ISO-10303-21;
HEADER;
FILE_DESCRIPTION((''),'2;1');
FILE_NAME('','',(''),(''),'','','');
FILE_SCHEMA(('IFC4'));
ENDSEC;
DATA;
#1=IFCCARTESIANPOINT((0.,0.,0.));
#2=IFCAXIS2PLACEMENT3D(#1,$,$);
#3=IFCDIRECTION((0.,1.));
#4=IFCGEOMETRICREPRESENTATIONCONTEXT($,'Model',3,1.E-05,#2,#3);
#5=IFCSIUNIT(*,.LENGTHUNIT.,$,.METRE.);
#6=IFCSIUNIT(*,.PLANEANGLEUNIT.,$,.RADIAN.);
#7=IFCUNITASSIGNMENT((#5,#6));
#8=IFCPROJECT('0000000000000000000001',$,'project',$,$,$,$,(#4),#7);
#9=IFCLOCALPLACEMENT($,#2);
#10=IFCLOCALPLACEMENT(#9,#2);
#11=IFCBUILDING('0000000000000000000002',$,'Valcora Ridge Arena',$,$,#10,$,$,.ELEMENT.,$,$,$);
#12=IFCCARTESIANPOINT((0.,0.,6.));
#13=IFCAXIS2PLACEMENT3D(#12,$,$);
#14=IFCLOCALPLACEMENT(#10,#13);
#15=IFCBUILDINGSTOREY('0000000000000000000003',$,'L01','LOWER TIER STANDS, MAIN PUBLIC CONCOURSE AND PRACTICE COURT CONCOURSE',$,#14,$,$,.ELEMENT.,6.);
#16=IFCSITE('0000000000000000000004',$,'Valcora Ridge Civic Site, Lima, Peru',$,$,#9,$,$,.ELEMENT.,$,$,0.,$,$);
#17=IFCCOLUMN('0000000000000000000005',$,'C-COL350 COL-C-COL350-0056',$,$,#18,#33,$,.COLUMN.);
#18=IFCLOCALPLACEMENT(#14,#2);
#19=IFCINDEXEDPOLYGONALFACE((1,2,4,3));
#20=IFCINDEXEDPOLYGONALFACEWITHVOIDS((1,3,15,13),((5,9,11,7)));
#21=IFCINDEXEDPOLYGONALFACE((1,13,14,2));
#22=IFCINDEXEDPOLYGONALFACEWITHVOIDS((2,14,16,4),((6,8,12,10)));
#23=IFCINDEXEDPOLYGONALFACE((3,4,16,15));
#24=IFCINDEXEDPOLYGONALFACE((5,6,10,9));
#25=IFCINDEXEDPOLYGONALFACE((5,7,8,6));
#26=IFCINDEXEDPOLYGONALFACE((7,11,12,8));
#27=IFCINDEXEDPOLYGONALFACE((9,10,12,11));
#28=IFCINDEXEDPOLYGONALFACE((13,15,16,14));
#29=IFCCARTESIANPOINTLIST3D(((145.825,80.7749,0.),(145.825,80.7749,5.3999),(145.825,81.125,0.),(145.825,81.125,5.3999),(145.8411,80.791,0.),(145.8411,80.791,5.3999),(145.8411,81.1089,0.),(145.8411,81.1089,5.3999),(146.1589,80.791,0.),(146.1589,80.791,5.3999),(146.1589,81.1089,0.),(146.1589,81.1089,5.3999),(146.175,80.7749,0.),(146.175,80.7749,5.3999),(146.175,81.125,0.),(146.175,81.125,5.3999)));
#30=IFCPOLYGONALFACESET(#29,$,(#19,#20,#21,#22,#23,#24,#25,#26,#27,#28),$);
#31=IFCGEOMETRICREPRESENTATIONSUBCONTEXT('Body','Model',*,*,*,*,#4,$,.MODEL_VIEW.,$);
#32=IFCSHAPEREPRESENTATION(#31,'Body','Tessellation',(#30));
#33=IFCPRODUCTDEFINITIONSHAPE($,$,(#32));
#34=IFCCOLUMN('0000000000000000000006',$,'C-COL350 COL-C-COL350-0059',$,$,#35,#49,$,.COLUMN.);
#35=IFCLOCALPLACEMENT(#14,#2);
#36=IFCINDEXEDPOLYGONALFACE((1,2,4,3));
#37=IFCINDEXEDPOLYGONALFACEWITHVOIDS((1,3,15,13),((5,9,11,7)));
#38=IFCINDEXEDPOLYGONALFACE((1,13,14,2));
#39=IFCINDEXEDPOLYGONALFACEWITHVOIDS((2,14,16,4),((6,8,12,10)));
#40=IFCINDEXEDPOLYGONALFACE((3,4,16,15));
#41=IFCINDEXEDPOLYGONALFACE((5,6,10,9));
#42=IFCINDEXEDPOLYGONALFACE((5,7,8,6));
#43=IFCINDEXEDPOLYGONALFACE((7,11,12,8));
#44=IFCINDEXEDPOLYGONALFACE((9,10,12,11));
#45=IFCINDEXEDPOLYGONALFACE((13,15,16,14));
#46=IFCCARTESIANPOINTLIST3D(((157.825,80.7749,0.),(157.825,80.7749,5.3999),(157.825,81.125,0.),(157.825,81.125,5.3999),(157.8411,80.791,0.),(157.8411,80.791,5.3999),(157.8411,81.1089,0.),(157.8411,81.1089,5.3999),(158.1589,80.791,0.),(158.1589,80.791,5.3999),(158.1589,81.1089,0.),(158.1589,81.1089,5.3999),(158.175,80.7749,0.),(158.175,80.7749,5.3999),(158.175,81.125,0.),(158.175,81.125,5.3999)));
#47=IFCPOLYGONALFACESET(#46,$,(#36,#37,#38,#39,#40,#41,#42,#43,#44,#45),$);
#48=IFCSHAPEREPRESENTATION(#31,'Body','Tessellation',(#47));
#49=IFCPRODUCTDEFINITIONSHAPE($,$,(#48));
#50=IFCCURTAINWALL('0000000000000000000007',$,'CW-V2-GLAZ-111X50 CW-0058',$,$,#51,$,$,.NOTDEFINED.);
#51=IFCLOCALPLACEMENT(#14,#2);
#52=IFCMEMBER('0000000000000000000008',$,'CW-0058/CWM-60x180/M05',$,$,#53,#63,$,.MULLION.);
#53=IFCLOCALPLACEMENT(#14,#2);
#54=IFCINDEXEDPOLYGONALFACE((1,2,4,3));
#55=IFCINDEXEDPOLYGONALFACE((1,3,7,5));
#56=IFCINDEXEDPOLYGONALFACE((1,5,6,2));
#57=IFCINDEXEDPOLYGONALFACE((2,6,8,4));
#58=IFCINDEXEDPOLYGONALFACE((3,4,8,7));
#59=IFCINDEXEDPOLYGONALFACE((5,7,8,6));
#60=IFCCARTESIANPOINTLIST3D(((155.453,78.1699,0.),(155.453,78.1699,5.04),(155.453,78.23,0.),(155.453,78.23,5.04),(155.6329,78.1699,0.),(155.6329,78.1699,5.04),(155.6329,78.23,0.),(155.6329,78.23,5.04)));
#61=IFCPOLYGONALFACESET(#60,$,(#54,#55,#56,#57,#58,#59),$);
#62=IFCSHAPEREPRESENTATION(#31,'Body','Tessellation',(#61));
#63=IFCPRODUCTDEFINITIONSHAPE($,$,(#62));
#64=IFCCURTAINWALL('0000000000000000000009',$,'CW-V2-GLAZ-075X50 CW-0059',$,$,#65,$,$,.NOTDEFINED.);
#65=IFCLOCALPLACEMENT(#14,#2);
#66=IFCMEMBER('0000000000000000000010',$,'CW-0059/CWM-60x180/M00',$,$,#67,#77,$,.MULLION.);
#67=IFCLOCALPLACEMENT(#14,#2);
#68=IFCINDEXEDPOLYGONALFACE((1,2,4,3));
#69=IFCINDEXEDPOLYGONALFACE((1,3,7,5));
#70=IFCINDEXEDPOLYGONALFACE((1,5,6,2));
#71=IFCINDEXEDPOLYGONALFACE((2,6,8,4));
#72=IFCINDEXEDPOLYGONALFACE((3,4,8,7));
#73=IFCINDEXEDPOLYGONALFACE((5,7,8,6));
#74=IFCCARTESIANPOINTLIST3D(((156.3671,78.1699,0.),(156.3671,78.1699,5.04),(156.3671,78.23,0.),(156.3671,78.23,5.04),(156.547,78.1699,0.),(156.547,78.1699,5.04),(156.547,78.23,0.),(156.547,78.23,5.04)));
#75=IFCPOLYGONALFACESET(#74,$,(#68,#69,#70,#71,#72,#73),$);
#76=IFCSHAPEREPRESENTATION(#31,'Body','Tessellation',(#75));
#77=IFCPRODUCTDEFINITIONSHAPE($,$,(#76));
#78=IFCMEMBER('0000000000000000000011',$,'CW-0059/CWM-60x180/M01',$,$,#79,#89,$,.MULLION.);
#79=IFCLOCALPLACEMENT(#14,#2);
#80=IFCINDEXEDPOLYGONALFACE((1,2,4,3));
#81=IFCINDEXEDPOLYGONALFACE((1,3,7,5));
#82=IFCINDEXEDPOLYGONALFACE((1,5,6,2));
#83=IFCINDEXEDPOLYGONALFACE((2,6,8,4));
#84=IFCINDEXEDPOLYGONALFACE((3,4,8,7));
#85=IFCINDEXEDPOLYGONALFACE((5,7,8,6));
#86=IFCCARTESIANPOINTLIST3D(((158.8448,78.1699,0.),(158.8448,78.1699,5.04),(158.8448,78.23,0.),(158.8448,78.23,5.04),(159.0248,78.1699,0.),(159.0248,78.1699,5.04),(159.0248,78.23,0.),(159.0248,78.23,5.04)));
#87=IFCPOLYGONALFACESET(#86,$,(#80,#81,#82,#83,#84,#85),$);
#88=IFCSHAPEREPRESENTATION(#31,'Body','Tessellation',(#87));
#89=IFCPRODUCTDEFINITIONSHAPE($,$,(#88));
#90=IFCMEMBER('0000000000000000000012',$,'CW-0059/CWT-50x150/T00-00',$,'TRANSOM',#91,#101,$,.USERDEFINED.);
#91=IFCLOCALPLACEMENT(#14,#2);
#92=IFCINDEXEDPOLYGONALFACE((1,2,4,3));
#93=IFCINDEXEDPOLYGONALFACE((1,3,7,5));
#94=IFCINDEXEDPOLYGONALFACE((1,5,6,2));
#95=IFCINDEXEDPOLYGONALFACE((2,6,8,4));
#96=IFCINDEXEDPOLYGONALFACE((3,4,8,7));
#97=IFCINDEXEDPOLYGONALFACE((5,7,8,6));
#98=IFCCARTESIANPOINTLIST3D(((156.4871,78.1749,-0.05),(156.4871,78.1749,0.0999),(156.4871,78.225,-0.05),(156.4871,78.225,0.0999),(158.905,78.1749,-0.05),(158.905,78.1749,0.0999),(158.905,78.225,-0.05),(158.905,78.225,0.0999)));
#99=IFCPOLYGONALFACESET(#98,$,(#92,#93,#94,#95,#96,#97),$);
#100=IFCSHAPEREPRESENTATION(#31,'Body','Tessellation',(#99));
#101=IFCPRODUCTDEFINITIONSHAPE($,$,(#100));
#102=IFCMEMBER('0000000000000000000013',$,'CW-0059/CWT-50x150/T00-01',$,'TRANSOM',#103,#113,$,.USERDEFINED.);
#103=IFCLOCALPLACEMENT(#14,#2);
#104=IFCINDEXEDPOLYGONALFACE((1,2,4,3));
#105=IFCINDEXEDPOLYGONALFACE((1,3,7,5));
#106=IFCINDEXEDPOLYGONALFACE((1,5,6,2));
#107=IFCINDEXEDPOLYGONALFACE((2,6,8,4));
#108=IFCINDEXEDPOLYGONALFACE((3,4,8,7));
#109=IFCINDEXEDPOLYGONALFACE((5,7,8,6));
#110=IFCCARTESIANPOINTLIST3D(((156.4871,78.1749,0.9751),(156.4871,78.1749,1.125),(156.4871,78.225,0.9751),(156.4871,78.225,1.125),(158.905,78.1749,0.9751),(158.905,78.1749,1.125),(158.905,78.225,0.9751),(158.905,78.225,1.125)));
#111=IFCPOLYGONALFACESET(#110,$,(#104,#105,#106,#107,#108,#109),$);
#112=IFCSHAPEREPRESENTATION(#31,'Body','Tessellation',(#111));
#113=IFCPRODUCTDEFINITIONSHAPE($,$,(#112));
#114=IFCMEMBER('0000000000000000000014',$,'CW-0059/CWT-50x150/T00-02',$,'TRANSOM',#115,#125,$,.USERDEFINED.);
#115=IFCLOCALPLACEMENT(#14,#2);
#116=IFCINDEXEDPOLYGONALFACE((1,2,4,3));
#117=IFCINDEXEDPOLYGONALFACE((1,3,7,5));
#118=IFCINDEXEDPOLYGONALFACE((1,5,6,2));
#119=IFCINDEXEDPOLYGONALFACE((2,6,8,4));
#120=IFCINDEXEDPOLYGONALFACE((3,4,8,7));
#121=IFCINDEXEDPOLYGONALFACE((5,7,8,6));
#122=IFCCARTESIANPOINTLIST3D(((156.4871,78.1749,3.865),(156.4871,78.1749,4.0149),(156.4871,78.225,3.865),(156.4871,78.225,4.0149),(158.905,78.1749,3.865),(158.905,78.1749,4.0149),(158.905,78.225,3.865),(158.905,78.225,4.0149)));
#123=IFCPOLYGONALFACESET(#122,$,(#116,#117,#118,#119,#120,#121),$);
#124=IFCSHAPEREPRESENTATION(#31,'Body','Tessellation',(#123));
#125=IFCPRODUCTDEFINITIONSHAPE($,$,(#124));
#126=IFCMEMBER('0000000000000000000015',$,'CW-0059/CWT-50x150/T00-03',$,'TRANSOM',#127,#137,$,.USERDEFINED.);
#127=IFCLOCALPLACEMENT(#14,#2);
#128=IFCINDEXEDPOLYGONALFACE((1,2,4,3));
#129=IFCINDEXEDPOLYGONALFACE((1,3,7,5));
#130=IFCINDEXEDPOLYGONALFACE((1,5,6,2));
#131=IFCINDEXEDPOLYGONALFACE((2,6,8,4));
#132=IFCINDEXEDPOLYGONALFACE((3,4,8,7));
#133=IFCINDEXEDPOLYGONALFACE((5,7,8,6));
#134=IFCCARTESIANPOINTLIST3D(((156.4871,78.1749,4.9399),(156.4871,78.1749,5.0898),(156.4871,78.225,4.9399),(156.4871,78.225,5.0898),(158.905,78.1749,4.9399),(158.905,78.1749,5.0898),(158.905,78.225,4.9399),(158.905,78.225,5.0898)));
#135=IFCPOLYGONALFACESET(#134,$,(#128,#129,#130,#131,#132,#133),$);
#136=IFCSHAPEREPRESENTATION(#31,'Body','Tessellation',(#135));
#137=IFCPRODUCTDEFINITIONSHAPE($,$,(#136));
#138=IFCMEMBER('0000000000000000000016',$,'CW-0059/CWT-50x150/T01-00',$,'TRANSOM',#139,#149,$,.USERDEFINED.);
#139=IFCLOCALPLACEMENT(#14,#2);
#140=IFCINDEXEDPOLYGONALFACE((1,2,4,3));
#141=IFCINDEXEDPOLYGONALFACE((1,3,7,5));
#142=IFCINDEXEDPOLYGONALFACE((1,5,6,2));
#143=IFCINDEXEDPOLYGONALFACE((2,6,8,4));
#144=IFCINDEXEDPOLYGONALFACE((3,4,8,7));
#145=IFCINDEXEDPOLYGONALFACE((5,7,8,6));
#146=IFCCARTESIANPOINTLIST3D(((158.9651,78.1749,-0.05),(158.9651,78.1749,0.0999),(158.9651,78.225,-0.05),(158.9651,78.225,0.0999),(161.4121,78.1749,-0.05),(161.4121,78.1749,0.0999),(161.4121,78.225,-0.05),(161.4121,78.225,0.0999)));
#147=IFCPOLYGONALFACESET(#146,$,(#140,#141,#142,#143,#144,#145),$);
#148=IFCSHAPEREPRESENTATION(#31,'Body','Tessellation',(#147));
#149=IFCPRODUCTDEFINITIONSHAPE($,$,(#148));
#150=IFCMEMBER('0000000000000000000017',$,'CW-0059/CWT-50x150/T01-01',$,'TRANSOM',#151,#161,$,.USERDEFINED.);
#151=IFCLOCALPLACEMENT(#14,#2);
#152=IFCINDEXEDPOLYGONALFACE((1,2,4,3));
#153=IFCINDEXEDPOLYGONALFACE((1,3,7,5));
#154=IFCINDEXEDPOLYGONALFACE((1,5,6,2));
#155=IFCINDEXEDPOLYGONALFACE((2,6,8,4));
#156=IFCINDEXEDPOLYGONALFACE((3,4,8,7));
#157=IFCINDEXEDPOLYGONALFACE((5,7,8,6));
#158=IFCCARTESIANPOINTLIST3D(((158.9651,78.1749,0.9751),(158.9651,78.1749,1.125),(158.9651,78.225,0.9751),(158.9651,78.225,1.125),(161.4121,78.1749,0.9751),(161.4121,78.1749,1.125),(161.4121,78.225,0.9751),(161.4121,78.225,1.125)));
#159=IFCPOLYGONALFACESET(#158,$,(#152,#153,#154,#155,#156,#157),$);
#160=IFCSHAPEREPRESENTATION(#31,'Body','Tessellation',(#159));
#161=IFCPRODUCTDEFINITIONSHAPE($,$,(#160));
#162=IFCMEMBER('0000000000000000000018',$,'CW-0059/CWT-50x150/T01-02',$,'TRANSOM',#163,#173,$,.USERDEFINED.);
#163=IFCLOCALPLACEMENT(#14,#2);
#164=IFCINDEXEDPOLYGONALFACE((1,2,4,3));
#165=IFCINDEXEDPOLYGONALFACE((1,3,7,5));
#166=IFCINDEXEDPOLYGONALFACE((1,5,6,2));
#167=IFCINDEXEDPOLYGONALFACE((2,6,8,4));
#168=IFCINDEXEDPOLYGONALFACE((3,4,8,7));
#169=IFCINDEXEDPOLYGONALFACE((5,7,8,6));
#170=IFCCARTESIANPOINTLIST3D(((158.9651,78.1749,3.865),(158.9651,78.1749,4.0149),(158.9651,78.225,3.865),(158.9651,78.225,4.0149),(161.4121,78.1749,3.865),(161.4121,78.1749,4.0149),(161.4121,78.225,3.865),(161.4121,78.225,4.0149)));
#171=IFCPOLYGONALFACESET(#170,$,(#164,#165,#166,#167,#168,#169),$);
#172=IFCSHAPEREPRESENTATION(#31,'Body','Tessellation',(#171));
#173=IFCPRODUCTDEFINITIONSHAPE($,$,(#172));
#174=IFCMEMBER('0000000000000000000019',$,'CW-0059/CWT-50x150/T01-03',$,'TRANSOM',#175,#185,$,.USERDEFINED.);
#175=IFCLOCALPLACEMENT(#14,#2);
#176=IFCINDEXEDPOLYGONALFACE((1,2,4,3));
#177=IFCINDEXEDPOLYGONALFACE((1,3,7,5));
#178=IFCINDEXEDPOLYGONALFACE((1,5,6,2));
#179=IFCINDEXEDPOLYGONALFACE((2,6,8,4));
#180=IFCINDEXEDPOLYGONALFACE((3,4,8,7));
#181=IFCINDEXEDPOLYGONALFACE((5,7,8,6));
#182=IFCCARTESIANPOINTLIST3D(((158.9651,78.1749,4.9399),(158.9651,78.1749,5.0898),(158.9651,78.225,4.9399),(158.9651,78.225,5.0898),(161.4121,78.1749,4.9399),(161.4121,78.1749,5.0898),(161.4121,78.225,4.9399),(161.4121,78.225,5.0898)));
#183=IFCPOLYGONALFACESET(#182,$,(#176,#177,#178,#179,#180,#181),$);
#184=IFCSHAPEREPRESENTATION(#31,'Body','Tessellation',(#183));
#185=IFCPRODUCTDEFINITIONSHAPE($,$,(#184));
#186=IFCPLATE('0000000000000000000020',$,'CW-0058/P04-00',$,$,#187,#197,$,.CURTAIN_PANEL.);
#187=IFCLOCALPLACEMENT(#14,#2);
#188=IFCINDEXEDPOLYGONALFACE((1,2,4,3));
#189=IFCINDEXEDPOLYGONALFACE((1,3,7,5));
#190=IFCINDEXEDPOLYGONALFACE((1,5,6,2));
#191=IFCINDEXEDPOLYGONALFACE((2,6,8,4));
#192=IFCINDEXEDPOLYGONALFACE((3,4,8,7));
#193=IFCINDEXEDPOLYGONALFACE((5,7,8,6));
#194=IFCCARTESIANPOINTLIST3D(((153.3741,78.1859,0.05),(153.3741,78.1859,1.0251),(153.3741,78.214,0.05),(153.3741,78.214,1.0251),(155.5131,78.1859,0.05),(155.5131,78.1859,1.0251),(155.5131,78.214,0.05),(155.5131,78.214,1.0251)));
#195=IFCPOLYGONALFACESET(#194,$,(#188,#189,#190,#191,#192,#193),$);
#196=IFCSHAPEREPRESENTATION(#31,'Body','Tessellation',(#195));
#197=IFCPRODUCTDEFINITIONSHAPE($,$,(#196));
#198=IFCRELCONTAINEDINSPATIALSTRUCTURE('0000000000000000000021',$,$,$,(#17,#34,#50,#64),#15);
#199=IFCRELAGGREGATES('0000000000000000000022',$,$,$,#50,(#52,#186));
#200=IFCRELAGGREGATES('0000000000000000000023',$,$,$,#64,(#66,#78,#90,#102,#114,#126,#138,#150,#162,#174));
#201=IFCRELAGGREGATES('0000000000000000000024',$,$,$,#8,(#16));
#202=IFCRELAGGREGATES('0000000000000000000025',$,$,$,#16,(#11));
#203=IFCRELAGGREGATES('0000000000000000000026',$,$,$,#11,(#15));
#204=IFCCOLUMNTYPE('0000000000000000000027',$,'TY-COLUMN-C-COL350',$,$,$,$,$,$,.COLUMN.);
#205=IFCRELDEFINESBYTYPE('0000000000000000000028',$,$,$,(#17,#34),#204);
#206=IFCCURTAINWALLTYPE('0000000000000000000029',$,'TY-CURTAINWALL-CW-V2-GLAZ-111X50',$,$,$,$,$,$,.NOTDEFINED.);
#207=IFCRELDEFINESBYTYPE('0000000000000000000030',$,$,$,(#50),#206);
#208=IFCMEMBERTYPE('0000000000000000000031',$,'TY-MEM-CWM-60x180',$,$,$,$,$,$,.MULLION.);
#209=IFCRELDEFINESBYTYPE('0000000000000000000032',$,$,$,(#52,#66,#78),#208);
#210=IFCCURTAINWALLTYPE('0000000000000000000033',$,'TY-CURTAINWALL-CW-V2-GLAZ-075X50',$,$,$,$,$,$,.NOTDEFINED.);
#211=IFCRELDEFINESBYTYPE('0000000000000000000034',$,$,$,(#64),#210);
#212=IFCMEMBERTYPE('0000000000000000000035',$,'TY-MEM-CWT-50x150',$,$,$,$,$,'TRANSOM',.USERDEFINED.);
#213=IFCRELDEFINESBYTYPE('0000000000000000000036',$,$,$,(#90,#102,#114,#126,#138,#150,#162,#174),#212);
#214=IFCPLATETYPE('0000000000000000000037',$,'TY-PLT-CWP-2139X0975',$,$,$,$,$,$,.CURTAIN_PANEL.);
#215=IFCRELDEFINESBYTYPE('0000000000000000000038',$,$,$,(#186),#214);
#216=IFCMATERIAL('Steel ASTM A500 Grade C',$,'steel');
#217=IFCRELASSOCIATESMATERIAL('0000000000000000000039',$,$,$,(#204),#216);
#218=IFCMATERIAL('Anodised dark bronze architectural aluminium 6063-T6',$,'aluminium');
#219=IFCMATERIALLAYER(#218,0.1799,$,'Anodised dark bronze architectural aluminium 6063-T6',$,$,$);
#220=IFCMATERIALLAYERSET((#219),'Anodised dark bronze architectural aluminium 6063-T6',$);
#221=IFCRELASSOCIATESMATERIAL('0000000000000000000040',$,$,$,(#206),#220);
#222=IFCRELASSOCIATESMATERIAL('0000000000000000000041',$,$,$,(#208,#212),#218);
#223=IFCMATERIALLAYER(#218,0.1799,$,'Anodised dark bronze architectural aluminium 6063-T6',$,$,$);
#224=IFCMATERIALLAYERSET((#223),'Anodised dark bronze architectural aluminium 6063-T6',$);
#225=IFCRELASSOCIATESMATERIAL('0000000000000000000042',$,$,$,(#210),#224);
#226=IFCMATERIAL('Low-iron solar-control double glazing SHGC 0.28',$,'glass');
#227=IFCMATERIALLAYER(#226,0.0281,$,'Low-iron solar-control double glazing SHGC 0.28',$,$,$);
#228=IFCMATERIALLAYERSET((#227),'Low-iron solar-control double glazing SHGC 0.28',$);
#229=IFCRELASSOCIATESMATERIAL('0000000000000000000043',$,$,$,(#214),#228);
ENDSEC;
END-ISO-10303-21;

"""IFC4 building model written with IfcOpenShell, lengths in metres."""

from ifc_helpers import new_model, si_unit, direction, frame, origin, origin_2d, place, context, subcontext, project, spatial, rectangle, hollow_rectangle, extrude, material, layer, layer_set, material_profile, profile_set, type_object, element, aggregate, save


model = new_model("IFC4")

# Units and contexts
model_context = context("Model", 3, precision=1e-05, world=origin(), true_north=direction((0.0, 1.0)))
body_context = subcontext(model_context, "Body", "Model", "MODEL_VIEW")
ifc_project = project(units=[si_unit("LENGTHUNIT", "METRE"), si_unit("PLANEANGLEUNIT", "RADIAN")], contexts=[model_context])

# Site, building, storey
site_placement = place(None, origin())
site = spatial("IfcSite", under=ifc_project, at=site_placement, Name="Valcora Ridge Civic Site, Lima, Peru", CompositionType="ELEMENT", RefElevation=0.0)
building_placement = place(site_placement, origin())
building = spatial("IfcBuilding", under=site, at=building_placement, Name="Valcora Ridge Arena", CompositionType="ELEMENT")
storey_placement = place(building_placement, frame((0.0, 0.0, 6.0)))
storey = spatial("IfcBuildingStorey", under=building, at=storey_placement, Name="L01", Description="LOWER TIER STANDS, MAIN PUBLIC CONCOURSE AND PRACTICE COURT CONCOURSE", CompositionType="ELEMENT", Elevation=6.0)

# Columns
ifc_material_1 = material(Name="Steel ASTM A500 Grade C", Category="steel")
ifc_material_profile_1 = material_profile(ifc_material_1, hollow_rectangle(XDim=0.3501, YDim=0.3501, WallThickness=0.0161, at=origin_2d()), Name="HSS350X350X16")
ifc_profile_set_1 = profile_set([ifc_material_profile_1], Name="Steel ASTM A500 Grade C")
column_type = type_object("IfcColumnType", Name="TY-COLUMN-C-COL350", PredefinedType="COLUMN", material=ifc_profile_set_1)
for number, where, z_axis, x_axis, name in (
    (1, (146.0, 80.95, 0.0), (0.0, 0.0, 1.0), (1.0, 0.0, 0.0), "C-COL350 COL-C-COL350-0056"),
    (2, (158.0, 80.95, 0.0), (0.0, 0.0, 1.0), (1.0, 0.0, 0.0), "C-COL350 COL-C-COL350-0059"),
):
    element("IfcColumn", number, at=place(storey_placement, frame(where, z_axis=z_axis, x_axis=x_axis)), inside=storey, type_object=column_type, Name=name, PredefinedType="COLUMN", context=body_context, shape_type="SweptSolid", body=[
        extrude(hollow_rectangle(XDim=0.3501, YDim=0.3501, WallThickness=0.0161, at=origin_2d()), origin(), (0.0, 0.0, 1.0), 5.3999),
    ])

# Curtain wall, member
ifc_material_2 = material(Name="Anodised dark bronze architectural aluminium 6063-T6", Category="aluminium")
ifc_layer_1 = layer(ifc_material_2, 0.1799, Name="Anodised dark bronze architectural aluminium 6063-T6")
ifc_layer_set_1 = layer_set([ifc_layer_1], Name="Anodised dark bronze architectural aluminium 6063-T6")
curtain_wall_type_1 = type_object("IfcCurtainWallType", Name="TY-CURTAINWALL-CW-V2-GLAZ-111X50", PredefinedType="NOTDEFINED", material=ifc_layer_set_1)
curtain_wall_1_placement = place(storey_placement, origin())
curtain_wall_1 = element("IfcCurtainWall", 3, at=curtain_wall_1_placement, inside=storey, type_object=curtain_wall_type_1, Name="CW-V2-GLAZ-111X50 CW-0058", PredefinedType="NOTDEFINED")
ifc_material_profile_2 = material_profile(ifc_material_2, rectangle(XDim=0.0601, YDim=0.1799, at=origin_2d()), Name="ALU MULLION 60x180")
ifc_profile_set_2 = profile_set([ifc_material_profile_2], Name="Anodised dark bronze architectural aluminium 6063-T6")
member_type_1 = type_object("IfcMemberType", Name="TY-MEM-CWM-60x180", PredefinedType="MULLION", material=ifc_profile_set_2)
member_1_placement = place(storey_placement, frame((155.543, 78.2, 0.0), z_axis=(0.0, 0.0, 1.0), x_axis=(0.0, 1.0, 0.0)))
member_1 = element("IfcMember", 4, at=member_1_placement, type_object=member_type_1, Name="CW-0058/CWM-60x180/M05", PredefinedType="MULLION", context=body_context, shape_type="SweptSolid", body=[
    extrude(rectangle(XDim=0.0601, YDim=0.1799, at=origin_2d()), origin(), (0.0, 0.0, 1.0), 5.04),
])

# Curtain wall, members
ifc_layer_2 = layer(ifc_material_2, 0.1799, Name="Anodised dark bronze architectural aluminium 6063-T6")
ifc_layer_set_2 = layer_set([ifc_layer_2], Name="Anodised dark bronze architectural aluminium 6063-T6")
curtain_wall_type_2 = type_object("IfcCurtainWallType", Name="TY-CURTAINWALL-CW-V2-GLAZ-075X50", PredefinedType="NOTDEFINED", material=ifc_layer_set_2)
curtain_wall_2_placement = place(storey_placement, origin())
curtain_wall_2 = element("IfcCurtainWall", 5, at=curtain_wall_2_placement, inside=storey, type_object=curtain_wall_type_2, Name="CW-V2-GLAZ-075X50 CW-0059", PredefinedType="NOTDEFINED")
member_2_placement = place(storey_placement, frame((156.457, 78.2, 0.0), z_axis=(0.0, 0.0, 1.0), x_axis=(0.0, 1.0, 0.0)))
member_2 = element("IfcMember", 6, at=member_2_placement, type_object=member_type_1, Name="CW-0059/CWM-60x180/M00", PredefinedType="MULLION", context=body_context, shape_type="SweptSolid", body=[
    extrude(rectangle(XDim=0.0601, YDim=0.1799, at=origin_2d()), origin(), (0.0, 0.0, 1.0), 5.04),
])
member_3_placement = place(storey_placement, frame((158.9348, 78.2, 0.0), z_axis=(0.0, 0.0, 1.0), x_axis=(0.0, 1.0, 0.0)))
member_3 = element("IfcMember", 7, at=member_3_placement, type_object=member_type_1, Name="CW-0059/CWM-60x180/M01", PredefinedType="MULLION", context=body_context, shape_type="SweptSolid", body=[
    extrude(rectangle(XDim=0.0601, YDim=0.1799, at=origin_2d()), origin(), (0.0, 0.0, 1.0), 5.04),
])
ifc_material_profile_3 = material_profile(ifc_material_2, rectangle(XDim=0.05, YDim=0.1499, at=origin_2d()), Name="ALU TRANSOM 50x150")
ifc_profile_set_3 = profile_set([ifc_material_profile_3], Name="Anodised dark bronze architectural aluminium 6063-T6")
member_type_2 = type_object("IfcMemberType", Name="TY-MEM-CWT-50x150", ElementType="TRANSOM", PredefinedType="USERDEFINED", material=ifc_profile_set_3)
member_4_placement = place(storey_placement, frame((156.4871, 78.2, 0.0249), z_axis=(1.0, 0.0, 0.0), x_axis=(0.0, 1.0, 0.0)))
member_4 = element("IfcMember", 8, at=member_4_placement, type_object=member_type_2, Name="CW-0059/CWT-50x150/T00-00", ObjectType="TRANSOM", PredefinedType="USERDEFINED", context=body_context, shape_type="SweptSolid", body=[
    extrude(rectangle(XDim=0.05, YDim=0.1499, at=origin_2d()), origin(), (0.0, 0.0, 1.0), 2.418),
])
member_5_placement = place(storey_placement, frame((156.4871, 78.2, 1.05), z_axis=(1.0, 0.0, 0.0), x_axis=(0.0, 1.0, 0.0)))
member_5 = element("IfcMember", 9, at=member_5_placement, type_object=member_type_2, Name="CW-0059/CWT-50x150/T00-01", ObjectType="TRANSOM", PredefinedType="USERDEFINED", context=body_context, shape_type="SweptSolid", body=[
    extrude(rectangle(XDim=0.05, YDim=0.1499, at=origin_2d()), origin(), (0.0, 0.0, 1.0), 2.418),
])
member_6_placement = place(storey_placement, frame((156.4871, 78.2, 3.9399), z_axis=(1.0, 0.0, 0.0), x_axis=(0.0, 1.0, 0.0)))
member_6 = element("IfcMember", 10, at=member_6_placement, type_object=member_type_2, Name="CW-0059/CWT-50x150/T00-02", ObjectType="TRANSOM", PredefinedType="USERDEFINED", context=body_context, shape_type="SweptSolid", body=[
    extrude(rectangle(XDim=0.05, YDim=0.1499, at=origin_2d()), origin(), (0.0, 0.0, 1.0), 2.418),
])
member_7_placement = place(storey_placement, frame((156.4871, 78.2, 5.0149), z_axis=(1.0, 0.0, 0.0), x_axis=(0.0, 1.0, 0.0)))
member_7 = element("IfcMember", 11, at=member_7_placement, type_object=member_type_2, Name="CW-0059/CWT-50x150/T00-03", ObjectType="TRANSOM", PredefinedType="USERDEFINED", context=body_context, shape_type="SweptSolid", body=[
    extrude(rectangle(XDim=0.05, YDim=0.1499, at=origin_2d()), origin(), (0.0, 0.0, 1.0), 2.418),
])
member_8_placement = place(storey_placement, frame((158.9651, 78.2, 0.0249), z_axis=(1.0, 0.0, 0.0), x_axis=(0.0, 1.0, 0.0)))
member_8 = element("IfcMember", 12, at=member_8_placement, type_object=member_type_2, Name="CW-0059/CWT-50x150/T01-00", ObjectType="TRANSOM", PredefinedType="USERDEFINED", context=body_context, shape_type="SweptSolid", body=[
    extrude(rectangle(XDim=0.05, YDim=0.1499, at=origin_2d()), origin(), (0.0, 0.0, 1.0), 2.447),
])
member_9_placement = place(storey_placement, frame((158.9651, 78.2, 1.05), z_axis=(1.0, 0.0, 0.0), x_axis=(0.0, 1.0, 0.0)))
member_9 = element("IfcMember", 13, at=member_9_placement, type_object=member_type_2, Name="CW-0059/CWT-50x150/T01-01", ObjectType="TRANSOM", PredefinedType="USERDEFINED", context=body_context, shape_type="SweptSolid", body=[
    extrude(rectangle(XDim=0.05, YDim=0.1499, at=origin_2d()), origin(), (0.0, 0.0, 1.0), 2.447),
])
member_10_placement = place(storey_placement, frame((158.9651, 78.2, 3.9399), z_axis=(1.0, 0.0, 0.0), x_axis=(0.0, 1.0, 0.0)))
member_10 = element("IfcMember", 14, at=member_10_placement, type_object=member_type_2, Name="CW-0059/CWT-50x150/T01-02", ObjectType="TRANSOM", PredefinedType="USERDEFINED", context=body_context, shape_type="SweptSolid", body=[
    extrude(rectangle(XDim=0.05, YDim=0.1499, at=origin_2d()), origin(), (0.0, 0.0, 1.0), 2.447),
])
member_11_placement = place(storey_placement, frame((158.9651, 78.2, 5.0149), z_axis=(1.0, 0.0, 0.0), x_axis=(0.0, 1.0, 0.0)))
member_11 = element("IfcMember", 15, at=member_11_placement, type_object=member_type_2, Name="CW-0059/CWT-50x150/T01-03", ObjectType="TRANSOM", PredefinedType="USERDEFINED", context=body_context, shape_type="SweptSolid", body=[
    extrude(rectangle(XDim=0.05, YDim=0.1499, at=origin_2d()), origin(), (0.0, 0.0, 1.0), 2.447),
])

# Plate
ifc_material_3 = material(Name="Low-iron solar-control double glazing SHGC 0.28", Category="glass")
ifc_layer_3 = layer(ifc_material_3, 0.0281, Name="Low-iron solar-control double glazing SHGC 0.28")
ifc_layer_set_3 = layer_set([ifc_layer_3], Name="Low-iron solar-control double glazing SHGC 0.28")
plate_type_1 = type_object("IfcPlateType", Name="TY-PLT-CWP-2139X0975", PredefinedType="CURTAIN_PANEL", material=ifc_layer_set_3)
plate_1_placement = place(storey_placement, frame((154.4436, 78.2, 0.05), z_axis=(0.0, 0.0, 1.0), x_axis=(1.0, 0.0, 0.0)))
plate_1 = element("IfcPlate", 16, at=plate_1_placement, type_object=plate_type_1, Name="CW-0058/P04-00", PredefinedType="CURTAIN_PANEL", context=body_context, shape_type="SweptSolid", body=[
    extrude(rectangle(XDim=2.1389, YDim=0.0281, at=origin_2d()), origin(), (0.0, 0.0, 1.0), 0.9751),
])
aggregate(curtain_wall_1, [member_1, plate_1])
aggregate(curtain_wall_2, [member_2, member_3, member_4, member_5, member_6, member_7, member_8, member_9, member_10, member_11])

save(model, "model.ifc")
